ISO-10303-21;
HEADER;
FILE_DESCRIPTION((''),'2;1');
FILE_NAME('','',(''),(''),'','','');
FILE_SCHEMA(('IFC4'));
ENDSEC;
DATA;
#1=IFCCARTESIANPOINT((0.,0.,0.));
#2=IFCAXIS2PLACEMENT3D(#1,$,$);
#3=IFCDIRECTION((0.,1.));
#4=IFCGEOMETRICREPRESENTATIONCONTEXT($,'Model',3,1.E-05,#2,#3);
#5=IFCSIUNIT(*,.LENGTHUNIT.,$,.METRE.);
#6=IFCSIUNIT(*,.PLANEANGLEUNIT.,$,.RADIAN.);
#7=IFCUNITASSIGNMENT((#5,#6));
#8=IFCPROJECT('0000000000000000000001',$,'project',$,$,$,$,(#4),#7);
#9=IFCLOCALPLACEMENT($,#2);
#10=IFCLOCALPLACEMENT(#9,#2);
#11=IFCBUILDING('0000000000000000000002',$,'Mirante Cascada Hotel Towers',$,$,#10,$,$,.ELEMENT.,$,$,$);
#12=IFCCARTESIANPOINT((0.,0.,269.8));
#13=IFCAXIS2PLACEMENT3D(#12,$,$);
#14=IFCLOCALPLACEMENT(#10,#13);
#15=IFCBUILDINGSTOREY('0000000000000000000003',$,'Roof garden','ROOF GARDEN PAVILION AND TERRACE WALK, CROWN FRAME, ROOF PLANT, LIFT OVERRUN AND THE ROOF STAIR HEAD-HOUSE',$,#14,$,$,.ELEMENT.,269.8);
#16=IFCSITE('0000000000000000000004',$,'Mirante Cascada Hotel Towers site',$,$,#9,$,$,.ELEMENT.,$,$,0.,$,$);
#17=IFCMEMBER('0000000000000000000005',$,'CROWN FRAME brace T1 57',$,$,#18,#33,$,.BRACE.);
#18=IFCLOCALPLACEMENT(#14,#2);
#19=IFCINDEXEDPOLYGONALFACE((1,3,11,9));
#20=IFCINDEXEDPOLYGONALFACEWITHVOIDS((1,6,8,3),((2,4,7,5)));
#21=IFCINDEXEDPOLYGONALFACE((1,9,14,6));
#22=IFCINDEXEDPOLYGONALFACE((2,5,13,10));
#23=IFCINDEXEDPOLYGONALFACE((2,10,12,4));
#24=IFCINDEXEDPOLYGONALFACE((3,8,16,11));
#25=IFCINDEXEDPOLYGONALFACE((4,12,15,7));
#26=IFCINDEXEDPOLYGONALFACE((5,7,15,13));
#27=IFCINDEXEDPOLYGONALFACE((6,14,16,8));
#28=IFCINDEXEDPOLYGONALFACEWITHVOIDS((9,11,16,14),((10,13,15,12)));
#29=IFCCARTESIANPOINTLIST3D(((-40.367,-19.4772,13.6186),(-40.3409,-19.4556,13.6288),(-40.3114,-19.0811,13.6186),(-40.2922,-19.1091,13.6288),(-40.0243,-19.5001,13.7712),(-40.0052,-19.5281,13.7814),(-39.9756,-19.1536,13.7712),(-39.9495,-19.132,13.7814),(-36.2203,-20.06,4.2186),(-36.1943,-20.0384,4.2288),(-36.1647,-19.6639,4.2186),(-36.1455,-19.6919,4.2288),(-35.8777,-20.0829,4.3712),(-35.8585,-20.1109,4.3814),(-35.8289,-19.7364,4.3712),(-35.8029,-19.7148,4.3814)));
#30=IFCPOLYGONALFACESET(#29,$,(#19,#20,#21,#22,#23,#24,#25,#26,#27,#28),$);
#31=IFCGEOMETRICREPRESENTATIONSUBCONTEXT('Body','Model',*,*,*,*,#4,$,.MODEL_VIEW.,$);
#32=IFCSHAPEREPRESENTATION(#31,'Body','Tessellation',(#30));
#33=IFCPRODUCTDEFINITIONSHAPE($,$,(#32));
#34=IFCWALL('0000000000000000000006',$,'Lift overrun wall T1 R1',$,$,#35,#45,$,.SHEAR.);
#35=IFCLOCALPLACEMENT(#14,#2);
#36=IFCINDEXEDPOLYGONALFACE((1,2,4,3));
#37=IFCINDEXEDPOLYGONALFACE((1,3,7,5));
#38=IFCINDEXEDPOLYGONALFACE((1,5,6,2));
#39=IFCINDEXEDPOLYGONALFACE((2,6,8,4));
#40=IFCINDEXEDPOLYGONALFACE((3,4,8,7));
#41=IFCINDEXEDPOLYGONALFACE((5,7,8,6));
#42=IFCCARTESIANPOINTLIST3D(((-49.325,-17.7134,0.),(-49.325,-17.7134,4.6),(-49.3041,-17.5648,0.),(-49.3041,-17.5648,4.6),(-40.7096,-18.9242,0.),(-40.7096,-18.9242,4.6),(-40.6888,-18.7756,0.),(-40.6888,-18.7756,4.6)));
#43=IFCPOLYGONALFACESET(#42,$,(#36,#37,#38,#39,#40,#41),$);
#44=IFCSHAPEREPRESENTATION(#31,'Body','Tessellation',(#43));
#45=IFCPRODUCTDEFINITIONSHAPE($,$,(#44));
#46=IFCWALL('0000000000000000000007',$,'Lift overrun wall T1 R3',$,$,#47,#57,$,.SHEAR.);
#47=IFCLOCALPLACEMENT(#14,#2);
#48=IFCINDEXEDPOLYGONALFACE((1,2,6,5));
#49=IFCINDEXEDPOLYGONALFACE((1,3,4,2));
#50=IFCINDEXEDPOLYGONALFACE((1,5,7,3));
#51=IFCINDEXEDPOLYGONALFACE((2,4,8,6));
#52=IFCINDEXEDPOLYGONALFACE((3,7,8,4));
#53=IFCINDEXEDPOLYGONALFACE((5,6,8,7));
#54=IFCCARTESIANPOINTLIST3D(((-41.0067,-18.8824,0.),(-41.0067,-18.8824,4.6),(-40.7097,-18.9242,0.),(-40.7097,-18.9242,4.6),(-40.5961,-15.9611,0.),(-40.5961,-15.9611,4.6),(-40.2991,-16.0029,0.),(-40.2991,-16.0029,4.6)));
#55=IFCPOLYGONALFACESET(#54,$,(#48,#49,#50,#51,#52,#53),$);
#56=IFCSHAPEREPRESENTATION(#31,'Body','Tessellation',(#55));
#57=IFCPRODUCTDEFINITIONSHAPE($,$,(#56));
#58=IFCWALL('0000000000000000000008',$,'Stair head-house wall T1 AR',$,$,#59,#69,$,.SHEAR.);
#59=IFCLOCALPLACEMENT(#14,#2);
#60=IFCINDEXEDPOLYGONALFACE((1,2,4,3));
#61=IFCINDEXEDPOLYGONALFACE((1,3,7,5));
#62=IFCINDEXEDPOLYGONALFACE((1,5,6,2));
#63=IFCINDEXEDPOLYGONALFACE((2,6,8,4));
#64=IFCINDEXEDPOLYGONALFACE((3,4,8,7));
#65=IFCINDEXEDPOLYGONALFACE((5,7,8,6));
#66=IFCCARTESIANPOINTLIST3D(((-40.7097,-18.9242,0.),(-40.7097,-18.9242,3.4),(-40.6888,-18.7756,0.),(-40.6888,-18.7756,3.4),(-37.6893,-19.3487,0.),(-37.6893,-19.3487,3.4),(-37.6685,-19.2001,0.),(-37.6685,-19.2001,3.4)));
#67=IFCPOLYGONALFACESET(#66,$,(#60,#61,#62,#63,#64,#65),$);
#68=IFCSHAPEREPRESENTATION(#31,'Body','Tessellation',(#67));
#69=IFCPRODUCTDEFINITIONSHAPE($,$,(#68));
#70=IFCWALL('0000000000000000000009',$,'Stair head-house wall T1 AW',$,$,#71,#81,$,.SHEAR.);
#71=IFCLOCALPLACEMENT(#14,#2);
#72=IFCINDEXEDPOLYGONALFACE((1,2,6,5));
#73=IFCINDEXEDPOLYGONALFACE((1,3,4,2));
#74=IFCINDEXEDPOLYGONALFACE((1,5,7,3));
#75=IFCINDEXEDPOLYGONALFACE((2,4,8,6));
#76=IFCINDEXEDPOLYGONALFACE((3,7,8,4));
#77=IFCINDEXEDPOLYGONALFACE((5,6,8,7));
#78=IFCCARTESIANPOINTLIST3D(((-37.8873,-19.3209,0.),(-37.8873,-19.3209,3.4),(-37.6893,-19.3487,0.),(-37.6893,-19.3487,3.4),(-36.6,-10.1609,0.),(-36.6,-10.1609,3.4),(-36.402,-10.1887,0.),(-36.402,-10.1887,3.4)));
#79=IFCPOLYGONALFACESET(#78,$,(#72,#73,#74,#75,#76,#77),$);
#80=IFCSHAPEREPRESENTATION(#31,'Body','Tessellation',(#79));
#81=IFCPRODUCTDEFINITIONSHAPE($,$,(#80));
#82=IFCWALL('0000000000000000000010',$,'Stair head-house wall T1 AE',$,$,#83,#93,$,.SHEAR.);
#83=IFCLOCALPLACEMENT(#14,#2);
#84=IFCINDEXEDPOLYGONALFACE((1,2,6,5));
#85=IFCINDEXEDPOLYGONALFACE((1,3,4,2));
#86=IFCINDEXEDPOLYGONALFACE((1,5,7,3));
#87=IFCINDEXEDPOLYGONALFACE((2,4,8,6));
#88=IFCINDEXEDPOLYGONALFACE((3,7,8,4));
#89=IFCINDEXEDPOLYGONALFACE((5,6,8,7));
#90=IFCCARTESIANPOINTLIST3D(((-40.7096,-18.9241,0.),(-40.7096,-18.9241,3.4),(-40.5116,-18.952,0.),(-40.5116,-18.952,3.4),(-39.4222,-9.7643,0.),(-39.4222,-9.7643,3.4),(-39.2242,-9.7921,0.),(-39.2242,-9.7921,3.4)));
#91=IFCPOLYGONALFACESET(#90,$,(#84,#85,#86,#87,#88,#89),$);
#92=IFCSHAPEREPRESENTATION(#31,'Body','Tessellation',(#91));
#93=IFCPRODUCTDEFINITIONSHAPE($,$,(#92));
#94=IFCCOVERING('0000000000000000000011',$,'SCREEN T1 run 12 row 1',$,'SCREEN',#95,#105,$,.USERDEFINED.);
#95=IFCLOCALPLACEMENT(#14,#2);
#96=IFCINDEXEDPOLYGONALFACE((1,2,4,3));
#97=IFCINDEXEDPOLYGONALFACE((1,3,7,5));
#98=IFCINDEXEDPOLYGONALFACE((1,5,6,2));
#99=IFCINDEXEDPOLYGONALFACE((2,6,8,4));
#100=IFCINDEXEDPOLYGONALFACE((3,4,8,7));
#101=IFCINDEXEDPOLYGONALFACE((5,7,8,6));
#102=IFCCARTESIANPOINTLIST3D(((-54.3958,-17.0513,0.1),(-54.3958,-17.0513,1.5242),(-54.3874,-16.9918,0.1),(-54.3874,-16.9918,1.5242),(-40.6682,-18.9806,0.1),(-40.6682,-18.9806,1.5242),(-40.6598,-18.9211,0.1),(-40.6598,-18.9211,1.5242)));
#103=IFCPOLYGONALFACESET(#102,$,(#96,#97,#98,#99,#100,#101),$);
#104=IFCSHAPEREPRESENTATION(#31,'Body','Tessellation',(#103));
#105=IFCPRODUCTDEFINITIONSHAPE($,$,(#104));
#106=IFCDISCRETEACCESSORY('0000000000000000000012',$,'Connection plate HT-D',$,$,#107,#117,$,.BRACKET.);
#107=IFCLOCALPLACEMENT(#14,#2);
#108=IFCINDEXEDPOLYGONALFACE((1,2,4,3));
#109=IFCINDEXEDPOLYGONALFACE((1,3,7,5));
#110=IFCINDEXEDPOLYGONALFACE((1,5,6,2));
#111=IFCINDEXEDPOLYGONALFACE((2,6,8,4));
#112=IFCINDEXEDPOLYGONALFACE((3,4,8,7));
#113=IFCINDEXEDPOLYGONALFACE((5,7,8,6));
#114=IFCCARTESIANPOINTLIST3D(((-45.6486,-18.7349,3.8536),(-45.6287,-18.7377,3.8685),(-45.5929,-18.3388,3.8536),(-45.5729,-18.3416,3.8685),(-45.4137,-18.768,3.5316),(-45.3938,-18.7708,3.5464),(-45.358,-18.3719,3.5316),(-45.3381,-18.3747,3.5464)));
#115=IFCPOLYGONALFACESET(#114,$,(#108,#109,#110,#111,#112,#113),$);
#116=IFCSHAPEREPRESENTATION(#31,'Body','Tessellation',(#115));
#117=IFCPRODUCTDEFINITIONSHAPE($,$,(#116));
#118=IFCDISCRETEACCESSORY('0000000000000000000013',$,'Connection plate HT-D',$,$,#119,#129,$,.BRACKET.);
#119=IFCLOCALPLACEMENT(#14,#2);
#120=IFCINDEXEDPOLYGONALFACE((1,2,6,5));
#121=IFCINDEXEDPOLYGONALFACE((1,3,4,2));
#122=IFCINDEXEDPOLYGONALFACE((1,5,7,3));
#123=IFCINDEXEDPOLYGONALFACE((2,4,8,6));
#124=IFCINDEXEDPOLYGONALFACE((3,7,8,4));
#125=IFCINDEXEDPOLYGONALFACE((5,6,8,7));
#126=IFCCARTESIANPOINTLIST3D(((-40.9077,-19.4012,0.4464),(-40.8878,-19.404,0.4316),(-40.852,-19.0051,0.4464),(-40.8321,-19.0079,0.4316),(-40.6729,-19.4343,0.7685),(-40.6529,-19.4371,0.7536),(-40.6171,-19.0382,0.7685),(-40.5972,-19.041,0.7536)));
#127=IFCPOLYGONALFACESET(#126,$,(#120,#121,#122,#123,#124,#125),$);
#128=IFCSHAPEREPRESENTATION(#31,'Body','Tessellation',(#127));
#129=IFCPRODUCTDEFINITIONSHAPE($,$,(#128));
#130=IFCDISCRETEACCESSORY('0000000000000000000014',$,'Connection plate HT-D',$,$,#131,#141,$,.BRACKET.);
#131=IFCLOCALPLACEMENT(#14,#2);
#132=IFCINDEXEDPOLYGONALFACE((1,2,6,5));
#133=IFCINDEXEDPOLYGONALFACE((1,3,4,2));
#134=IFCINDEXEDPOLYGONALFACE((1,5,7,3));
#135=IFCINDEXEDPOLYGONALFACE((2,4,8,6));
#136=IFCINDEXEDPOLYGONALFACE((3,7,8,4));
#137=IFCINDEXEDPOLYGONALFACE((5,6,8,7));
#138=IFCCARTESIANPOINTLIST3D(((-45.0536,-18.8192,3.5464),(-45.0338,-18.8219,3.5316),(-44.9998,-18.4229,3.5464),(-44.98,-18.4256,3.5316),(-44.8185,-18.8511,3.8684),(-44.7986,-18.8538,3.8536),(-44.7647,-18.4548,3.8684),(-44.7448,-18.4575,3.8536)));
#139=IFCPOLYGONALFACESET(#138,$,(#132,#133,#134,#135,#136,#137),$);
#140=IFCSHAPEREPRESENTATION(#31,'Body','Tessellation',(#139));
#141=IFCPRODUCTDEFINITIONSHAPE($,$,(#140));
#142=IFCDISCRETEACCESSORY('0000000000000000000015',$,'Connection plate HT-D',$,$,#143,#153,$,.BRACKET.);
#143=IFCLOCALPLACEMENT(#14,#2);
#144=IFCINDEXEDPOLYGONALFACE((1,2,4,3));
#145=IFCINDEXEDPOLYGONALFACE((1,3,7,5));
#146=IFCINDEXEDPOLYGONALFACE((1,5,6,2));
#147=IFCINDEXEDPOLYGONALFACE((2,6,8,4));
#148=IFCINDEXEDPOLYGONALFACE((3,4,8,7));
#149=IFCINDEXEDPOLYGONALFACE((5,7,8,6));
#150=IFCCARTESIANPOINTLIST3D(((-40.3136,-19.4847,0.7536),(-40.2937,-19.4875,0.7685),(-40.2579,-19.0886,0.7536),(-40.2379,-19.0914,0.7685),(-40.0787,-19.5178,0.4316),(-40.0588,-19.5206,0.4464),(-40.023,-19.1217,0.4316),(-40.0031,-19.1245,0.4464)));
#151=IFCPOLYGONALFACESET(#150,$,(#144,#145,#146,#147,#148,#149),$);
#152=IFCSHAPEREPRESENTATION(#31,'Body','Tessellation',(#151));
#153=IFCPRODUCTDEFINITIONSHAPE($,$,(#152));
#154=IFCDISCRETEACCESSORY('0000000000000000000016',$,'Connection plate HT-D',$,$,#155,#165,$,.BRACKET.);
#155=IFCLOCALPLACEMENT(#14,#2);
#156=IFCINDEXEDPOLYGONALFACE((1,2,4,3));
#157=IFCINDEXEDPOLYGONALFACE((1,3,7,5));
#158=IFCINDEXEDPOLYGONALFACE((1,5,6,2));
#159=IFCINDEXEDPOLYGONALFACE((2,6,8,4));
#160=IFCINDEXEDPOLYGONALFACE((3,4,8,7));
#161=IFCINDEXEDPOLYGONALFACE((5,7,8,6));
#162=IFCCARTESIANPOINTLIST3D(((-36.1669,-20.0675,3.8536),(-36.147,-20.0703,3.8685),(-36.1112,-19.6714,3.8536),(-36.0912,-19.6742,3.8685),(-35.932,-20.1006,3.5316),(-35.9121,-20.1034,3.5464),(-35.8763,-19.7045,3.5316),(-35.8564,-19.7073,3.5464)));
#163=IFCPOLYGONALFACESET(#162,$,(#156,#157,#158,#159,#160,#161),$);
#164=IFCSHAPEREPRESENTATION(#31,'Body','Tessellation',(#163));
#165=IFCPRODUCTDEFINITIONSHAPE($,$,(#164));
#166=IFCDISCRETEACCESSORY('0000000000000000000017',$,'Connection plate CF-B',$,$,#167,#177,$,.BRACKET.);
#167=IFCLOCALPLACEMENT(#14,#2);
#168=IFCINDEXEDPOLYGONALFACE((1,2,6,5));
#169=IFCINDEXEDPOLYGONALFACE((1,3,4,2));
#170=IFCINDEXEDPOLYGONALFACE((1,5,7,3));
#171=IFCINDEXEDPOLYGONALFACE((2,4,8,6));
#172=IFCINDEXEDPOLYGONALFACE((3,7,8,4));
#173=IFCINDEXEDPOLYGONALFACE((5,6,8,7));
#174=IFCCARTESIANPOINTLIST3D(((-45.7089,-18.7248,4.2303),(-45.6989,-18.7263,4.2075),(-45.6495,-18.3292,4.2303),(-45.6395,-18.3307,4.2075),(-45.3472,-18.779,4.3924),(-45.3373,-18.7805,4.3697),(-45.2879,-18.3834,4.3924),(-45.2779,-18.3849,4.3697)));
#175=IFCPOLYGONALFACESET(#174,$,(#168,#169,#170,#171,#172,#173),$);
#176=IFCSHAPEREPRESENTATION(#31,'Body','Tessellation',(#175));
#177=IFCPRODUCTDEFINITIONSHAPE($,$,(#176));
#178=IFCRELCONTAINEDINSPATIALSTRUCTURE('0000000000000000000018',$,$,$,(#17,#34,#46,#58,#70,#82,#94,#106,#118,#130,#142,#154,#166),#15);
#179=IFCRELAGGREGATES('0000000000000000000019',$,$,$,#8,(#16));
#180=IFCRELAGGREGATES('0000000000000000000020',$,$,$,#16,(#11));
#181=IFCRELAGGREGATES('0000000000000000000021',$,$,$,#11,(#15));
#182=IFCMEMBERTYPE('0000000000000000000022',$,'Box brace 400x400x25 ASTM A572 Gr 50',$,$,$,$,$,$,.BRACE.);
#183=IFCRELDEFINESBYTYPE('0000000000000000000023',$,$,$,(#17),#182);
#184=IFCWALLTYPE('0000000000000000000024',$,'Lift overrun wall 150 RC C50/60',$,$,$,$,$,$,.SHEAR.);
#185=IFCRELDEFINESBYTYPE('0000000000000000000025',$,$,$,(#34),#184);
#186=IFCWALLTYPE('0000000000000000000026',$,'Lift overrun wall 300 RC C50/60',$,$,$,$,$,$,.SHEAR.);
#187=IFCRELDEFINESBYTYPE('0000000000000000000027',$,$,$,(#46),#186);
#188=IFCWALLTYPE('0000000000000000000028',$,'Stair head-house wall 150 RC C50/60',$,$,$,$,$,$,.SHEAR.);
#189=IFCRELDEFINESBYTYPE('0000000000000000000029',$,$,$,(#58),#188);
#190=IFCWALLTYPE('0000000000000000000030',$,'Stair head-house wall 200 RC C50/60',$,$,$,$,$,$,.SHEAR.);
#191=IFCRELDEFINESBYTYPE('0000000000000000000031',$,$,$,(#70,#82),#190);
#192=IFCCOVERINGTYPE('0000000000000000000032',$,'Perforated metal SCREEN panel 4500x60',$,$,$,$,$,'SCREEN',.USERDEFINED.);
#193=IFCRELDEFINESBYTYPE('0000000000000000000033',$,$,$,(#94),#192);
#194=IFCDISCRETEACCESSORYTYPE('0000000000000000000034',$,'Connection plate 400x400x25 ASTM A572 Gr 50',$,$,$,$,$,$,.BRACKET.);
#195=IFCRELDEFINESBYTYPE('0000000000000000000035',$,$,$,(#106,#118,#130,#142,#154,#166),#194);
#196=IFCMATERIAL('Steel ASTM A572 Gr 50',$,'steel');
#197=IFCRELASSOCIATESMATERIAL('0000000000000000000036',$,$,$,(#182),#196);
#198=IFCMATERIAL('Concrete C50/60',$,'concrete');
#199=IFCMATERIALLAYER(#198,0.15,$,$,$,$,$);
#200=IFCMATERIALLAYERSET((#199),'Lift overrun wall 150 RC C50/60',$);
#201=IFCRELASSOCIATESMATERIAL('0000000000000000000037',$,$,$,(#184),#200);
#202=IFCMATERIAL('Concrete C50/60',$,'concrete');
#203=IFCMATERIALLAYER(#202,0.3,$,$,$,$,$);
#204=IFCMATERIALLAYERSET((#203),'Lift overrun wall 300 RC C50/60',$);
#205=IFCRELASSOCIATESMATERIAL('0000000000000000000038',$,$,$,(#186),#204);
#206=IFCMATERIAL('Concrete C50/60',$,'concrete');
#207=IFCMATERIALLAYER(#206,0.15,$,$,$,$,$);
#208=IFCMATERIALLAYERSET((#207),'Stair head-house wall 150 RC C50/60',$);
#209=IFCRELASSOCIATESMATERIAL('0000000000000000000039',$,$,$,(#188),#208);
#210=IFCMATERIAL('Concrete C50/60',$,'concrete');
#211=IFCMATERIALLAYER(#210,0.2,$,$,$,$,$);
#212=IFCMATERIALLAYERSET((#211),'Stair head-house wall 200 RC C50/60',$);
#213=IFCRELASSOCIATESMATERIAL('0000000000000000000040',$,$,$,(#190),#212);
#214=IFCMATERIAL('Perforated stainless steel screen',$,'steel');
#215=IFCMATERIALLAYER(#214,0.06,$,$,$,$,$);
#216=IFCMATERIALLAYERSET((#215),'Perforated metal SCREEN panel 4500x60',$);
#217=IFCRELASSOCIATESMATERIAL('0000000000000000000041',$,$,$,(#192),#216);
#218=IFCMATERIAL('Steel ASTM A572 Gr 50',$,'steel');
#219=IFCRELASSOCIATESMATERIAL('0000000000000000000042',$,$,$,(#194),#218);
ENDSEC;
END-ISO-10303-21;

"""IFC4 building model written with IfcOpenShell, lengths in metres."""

from ifc_helpers import new_model, si_unit, direction, frame, frame_2d, origin, origin_2d, place, context, subcontext, project, spatial, rectangle, hollow_rectangle, extrude, material, layer, layer_set, material_profile, profile_set, type_object, element, save


model = new_model("IFC4")

# Units and contexts
model_context = context("Model", 3, precision=1e-05, world=origin(), true_north=direction((0.0, 1.0)))
body_context = subcontext(model_context, "Body", "Model", "MODEL_VIEW")
ifc_project = project(units=[si_unit("LENGTHUNIT", "METRE"), si_unit("PLANEANGLEUNIT", "RADIAN")], contexts=[model_context])

# Site, building, storey
site_placement = place(None, origin())
site = spatial("IfcSite", under=ifc_project, at=site_placement, Name="Mirante Cascada Hotel Towers site", CompositionType="ELEMENT", RefElevation=0.0)
building_placement = place(site_placement, origin())
building = spatial("IfcBuilding", under=site, at=building_placement, Name="Mirante Cascada Hotel Towers", CompositionType="ELEMENT")
storey_placement = place(building_placement, frame((0.0, 0.0, 269.8)))
storey = spatial("IfcBuildingStorey", under=building, at=storey_placement, Name="Roof garden", Description="ROOF GARDEN PAVILION AND TERRACE WALK, CROWN FRAME, ROOF PLANT, LIFT OVERRUN AND THE ROOF STAIR HEAD-HOUSE", CompositionType="ELEMENT", Elevation=269.8)

# Member
ifc_material_1 = material(Name="Steel ASTM A572 Gr 50", Category="steel")
ifc_material_profile_1 = material_profile(ifc_material_1, hollow_rectangle(XDim=0.4, YDim=0.4, WallThickness=0.025, at=origin_2d()), Name="Box brace 400x400x25 ASTM A572 Gr 50")
ifc_profile_set_1 = profile_set([ifc_material_profile_1], Name="Steel ASTM A572 Gr 50")
member_type = type_object("IfcMemberType", Name="Box brace 400x400x25 ASTM A572 Gr 50", PredefinedType="BRACE", material=ifc_profile_set_1)
for number, where, z_axis, x_axis, name in (
    (1, (-36.0116, -19.8874, 4.3), (-0.402963, 0.056635, 0.913462), (-0.139178, -0.990267, 0.0), "CROWN FRAME brace T1 57"),
):
    element("IfcMember", number, at=place(storey_placement, frame(where, z_axis=z_axis, x_axis=x_axis)), inside=storey, type_object=member_type, Name=name, PredefinedType="BRACE", context=body_context, shape_type="SweptSolid", body=[
        extrude(hollow_rectangle(XDim=0.4, YDim=0.4, WallThickness=0.025, at=origin_2d()), origin(), (0.0, 0.0, 1.0), 10.2905),
    ])

# Walls
ifc_material_2 = material(Name="Concrete C50/60", Category="concrete")
ifc_layer_1 = layer(ifc_material_2, 0.15)
ifc_layer_set_1 = layer_set([ifc_layer_1], Name="Lift overrun wall 150 RC C50/60")
wall_type_1 = type_object("IfcWallType", Name="Lift overrun wall 150 RC C50/60", PredefinedType="SHEAR", material=ifc_layer_set_1)
wall_1_placement = place(storey_placement, frame((-40.6992, -18.8499, 0.0), z_axis=(0.0, 0.0, 1.0), x_axis=(-0.990268, 0.139173, 0.0)))
element("IfcWall", 2, at=wall_1_placement, inside=storey, type_object=wall_type_1, Name="Lift overrun wall T1 R1", PredefinedType="SHEAR", context=body_context, shape_type="SweptSolid", body=[
    extrude(rectangle(XDim=8.7, YDim=0.15, at=frame_2d((4.35, 0.0))), origin(), (0.0, 0.0, 1.0), 4.6),
])
ifc_material_3 = material(Name="Concrete C50/60", Category="concrete")
ifc_layer_2 = layer(ifc_material_3, 0.3)
ifc_layer_set_2 = layer_set([ifc_layer_2], Name="Lift overrun wall 300 RC C50/60")
wall_type_2 = type_object("IfcWallType", Name="Lift overrun wall 300 RC C50/60", PredefinedType="SHEAR", material=ifc_layer_set_2)
wall_2_placement = place(storey_placement, frame((-40.8582, -18.9033, 0.0), z_axis=(0.0, 0.0, 1.0), x_axis=(0.139186, 0.990266, 0.0)))
element("IfcWall", 3, at=wall_2_placement, inside=storey, type_object=wall_type_2, Name="Lift overrun wall T1 R3", PredefinedType="SHEAR", context=body_context, shape_type="SweptSolid", body=[
    extrude(rectangle(XDim=2.95, YDim=0.3, at=frame_2d((1.475, 0.0))), origin(), (0.0, 0.0, 1.0), 4.6),
])
ifc_material_4 = material(Name="Concrete C50/60", Category="concrete")
ifc_layer_3 = layer(ifc_material_4, 0.15)
ifc_layer_set_3 = layer_set([ifc_layer_3], Name="Stair head-house wall 150 RC C50/60")
wall_type_3 = type_object("IfcWallType", Name="Stair head-house wall 150 RC C50/60", PredefinedType="SHEAR", material=ifc_layer_set_3)
wall_3_placement = place(storey_placement, frame((-37.6789, -19.2744, 0.0), z_axis=(0.0, 0.0, 1.0), x_axis=(-0.990267, 0.139181, 0.0)))
element("IfcWall", 4, at=wall_3_placement, inside=storey, type_object=wall_type_3, Name="Stair head-house wall T1 AR", PredefinedType="SHEAR", context=body_context, shape_type="SweptSolid", body=[
    extrude(rectangle(XDim=3.05, YDim=0.15, at=frame_2d((1.525, 0.0))), origin(), (0.0, 0.0, 1.0), 3.4),
])
ifc_material_5 = material(Name="Concrete C50/60", Category="concrete")
ifc_layer_4 = layer(ifc_material_5, 0.2)
ifc_layer_set_4 = layer_set([ifc_layer_4], Name="Stair head-house wall 200 RC C50/60")
wall_type_4 = type_object("IfcWallType", Name="Stair head-house wall 200 RC C50/60", PredefinedType="SHEAR", material=ifc_layer_set_4)
wall_4_placement = place(storey_placement, frame((-37.7883, -19.3348, 0.0), z_axis=(0.0, 0.0, 1.0), x_axis=(0.139167, 0.990269, 0.0)))
element("IfcWall", 5, at=wall_4_placement, inside=storey, type_object=wall_type_4, Name="Stair head-house wall T1 AW", PredefinedType="SHEAR", context=body_context, shape_type="SweptSolid", body=[
    extrude(rectangle(XDim=9.25, YDim=0.2, at=frame_2d((4.625, 0.0))), origin(), (0.0, 0.0, 1.0), 3.4),
])
wall_5_placement = place(storey_placement, frame((-40.6106, -18.9381, 0.0), z_axis=(0.0, 0.0, 1.0), x_axis=(0.13918, 0.990267, 0.0)))
element("IfcWall", 6, at=wall_5_placement, inside=storey, type_object=wall_type_4, Name="Stair head-house wall T1 AE", PredefinedType="SHEAR", context=body_context, shape_type="SweptSolid", body=[
    extrude(rectangle(XDim=9.2499, YDim=0.2, at=frame_2d((4.625, 0.0))), origin(), (0.0, 0.0, 1.0), 3.4),
])

# Covering
ifc_material_6 = material(Name="Perforated stainless steel screen", Category="steel")
ifc_layer_5 = layer(ifc_material_6, 0.06)
ifc_layer_set_5 = layer_set([ifc_layer_5], Name="Perforated metal SCREEN panel 4500x60")
covering_type = type_object("IfcCoveringType", Name="Perforated metal SCREEN panel 4500x60", ElementType="SCREEN", PredefinedType="USERDEFINED", material=ifc_layer_set_5)
covering_placement = place(storey_placement, frame((-47.5278, -17.9862, 0.1), z_axis=(0.0, 0.0, 1.0), x_axis=(0.990268, -0.139173, 0.0)))
element("IfcCovering", 7, at=covering_placement, inside=storey, type_object=covering_type, Name="SCREEN T1 run 12 row 1", ObjectType="SCREEN", PredefinedType="USERDEFINED", context=body_context, shape_type="SweptSolid", body=[
    extrude(rectangle(XDim=13.8625, YDim=0.06, at=origin_2d()), origin(), (0.0, 0.0, 1.0), 1.4242),
])

# Discrete accessories
ifc_material_7 = material(Name="Steel ASTM A572 Gr 50", Category="steel")
ifc_material_profile_2 = material_profile(ifc_material_7, rectangle(XDim=0.4, YDim=0.4, at=origin_2d()), Name="Connection plate 400x400x25 ASTM A572 Gr 50")
ifc_profile_set_2 = profile_set([ifc_material_profile_2], Name="Steel ASTM A572 Gr 50")
discrete_accessory_type_1 = type_object("IfcDiscreteAccessoryType", Name="Connection plate 400x400x25 ASTM A572 Gr 50", PredefinedType="BRACKET", material=ifc_profile_set_2)
for number, where, z_axis, x_axis, name in (
    (8, (-45.5033, -18.5534, 3.6926), (0.797347, -0.112189, 0.593002), (0.139331, 0.990246, 0.0), "Connection plate HT-D"),
    (9, (-40.7425, -19.2225, 0.5926), (-0.797347, 0.112189, 0.593002), (-0.139331, -0.990246, 0.0), "Connection plate HT-D"),
):
    element("IfcDiscreteAccessory", number, at=place(storey_placement, frame(where, z_axis=z_axis, x_axis=x_axis)), inside=storey, type_object=discrete_accessory_type_1, Name=name, PredefinedType="BRACKET", context=body_context, shape_type="SweptSolid", body=[
        extrude(rectangle(XDim=0.4, YDim=0.4, at=origin_2d()), origin(), (0.0, 0.0, 1.0), 0.025),
    ])
discrete_accessory_1_placement = place(storey_placement, frame((-44.8893, -18.6397, 3.6926), z_axis=(-0.797699, 0.108231, 0.593264), x_axis=(-0.134446, -0.990921, 0.0)))
element("IfcDiscreteAccessory", 10, at=discrete_accessory_1_placement, inside=storey, type_object=discrete_accessory_type_1, Name="Connection plate HT-D", PredefinedType="BRACKET", context=body_context, shape_type="SweptSolid", body=[
    extrude(rectangle(XDim=0.4, YDim=0.4, at=origin_2d()), origin(), (0.0, 0.0, 1.0), 0.0249),
])
for number, where, z_axis, x_axis, name in (
    (11, (-40.1683, -19.3032, 0.5926), (0.797347, -0.112189, 0.593002), (0.139331, 0.990246, 0.0), "Connection plate HT-D"),
    (12, (-36.0216, -19.886, 3.6926), (0.797347, -0.112189, 0.593002), (0.139331, 0.990246, 0.0), "Connection plate HT-D"),
):
    element("IfcDiscreteAccessory", number, at=place(storey_placement, frame(where, z_axis=z_axis, x_axis=x_axis)), inside=storey, type_object=discrete_accessory_type_1, Name=name, PredefinedType="BRACKET", context=body_context, shape_type="SweptSolid", body=[
        extrude(rectangle(XDim=0.4, YDim=0.4, at=origin_2d()), origin(), (0.0, 0.0, 1.0), 0.025),
    ])
discrete_accessory_2_placement = place(storey_placement, frame((-45.4884, -18.5556, 4.2886), z_axis=(-0.400935, 0.06014, 0.914131), x_axis=(-0.14834, -0.988936, 0.0)))
element("IfcDiscreteAccessory", 13, at=discrete_accessory_2_placement, inside=storey, type_object=discrete_accessory_type_1, Name="Connection plate CF-B", PredefinedType="BRACKET", context=body_context, shape_type="SweptSolid", body=[
    extrude(rectangle(XDim=0.4, YDim=0.4, at=origin_2d()), origin(), (0.0, 0.0, 1.0), 0.0249),
])

save(model, "model.ifc")
